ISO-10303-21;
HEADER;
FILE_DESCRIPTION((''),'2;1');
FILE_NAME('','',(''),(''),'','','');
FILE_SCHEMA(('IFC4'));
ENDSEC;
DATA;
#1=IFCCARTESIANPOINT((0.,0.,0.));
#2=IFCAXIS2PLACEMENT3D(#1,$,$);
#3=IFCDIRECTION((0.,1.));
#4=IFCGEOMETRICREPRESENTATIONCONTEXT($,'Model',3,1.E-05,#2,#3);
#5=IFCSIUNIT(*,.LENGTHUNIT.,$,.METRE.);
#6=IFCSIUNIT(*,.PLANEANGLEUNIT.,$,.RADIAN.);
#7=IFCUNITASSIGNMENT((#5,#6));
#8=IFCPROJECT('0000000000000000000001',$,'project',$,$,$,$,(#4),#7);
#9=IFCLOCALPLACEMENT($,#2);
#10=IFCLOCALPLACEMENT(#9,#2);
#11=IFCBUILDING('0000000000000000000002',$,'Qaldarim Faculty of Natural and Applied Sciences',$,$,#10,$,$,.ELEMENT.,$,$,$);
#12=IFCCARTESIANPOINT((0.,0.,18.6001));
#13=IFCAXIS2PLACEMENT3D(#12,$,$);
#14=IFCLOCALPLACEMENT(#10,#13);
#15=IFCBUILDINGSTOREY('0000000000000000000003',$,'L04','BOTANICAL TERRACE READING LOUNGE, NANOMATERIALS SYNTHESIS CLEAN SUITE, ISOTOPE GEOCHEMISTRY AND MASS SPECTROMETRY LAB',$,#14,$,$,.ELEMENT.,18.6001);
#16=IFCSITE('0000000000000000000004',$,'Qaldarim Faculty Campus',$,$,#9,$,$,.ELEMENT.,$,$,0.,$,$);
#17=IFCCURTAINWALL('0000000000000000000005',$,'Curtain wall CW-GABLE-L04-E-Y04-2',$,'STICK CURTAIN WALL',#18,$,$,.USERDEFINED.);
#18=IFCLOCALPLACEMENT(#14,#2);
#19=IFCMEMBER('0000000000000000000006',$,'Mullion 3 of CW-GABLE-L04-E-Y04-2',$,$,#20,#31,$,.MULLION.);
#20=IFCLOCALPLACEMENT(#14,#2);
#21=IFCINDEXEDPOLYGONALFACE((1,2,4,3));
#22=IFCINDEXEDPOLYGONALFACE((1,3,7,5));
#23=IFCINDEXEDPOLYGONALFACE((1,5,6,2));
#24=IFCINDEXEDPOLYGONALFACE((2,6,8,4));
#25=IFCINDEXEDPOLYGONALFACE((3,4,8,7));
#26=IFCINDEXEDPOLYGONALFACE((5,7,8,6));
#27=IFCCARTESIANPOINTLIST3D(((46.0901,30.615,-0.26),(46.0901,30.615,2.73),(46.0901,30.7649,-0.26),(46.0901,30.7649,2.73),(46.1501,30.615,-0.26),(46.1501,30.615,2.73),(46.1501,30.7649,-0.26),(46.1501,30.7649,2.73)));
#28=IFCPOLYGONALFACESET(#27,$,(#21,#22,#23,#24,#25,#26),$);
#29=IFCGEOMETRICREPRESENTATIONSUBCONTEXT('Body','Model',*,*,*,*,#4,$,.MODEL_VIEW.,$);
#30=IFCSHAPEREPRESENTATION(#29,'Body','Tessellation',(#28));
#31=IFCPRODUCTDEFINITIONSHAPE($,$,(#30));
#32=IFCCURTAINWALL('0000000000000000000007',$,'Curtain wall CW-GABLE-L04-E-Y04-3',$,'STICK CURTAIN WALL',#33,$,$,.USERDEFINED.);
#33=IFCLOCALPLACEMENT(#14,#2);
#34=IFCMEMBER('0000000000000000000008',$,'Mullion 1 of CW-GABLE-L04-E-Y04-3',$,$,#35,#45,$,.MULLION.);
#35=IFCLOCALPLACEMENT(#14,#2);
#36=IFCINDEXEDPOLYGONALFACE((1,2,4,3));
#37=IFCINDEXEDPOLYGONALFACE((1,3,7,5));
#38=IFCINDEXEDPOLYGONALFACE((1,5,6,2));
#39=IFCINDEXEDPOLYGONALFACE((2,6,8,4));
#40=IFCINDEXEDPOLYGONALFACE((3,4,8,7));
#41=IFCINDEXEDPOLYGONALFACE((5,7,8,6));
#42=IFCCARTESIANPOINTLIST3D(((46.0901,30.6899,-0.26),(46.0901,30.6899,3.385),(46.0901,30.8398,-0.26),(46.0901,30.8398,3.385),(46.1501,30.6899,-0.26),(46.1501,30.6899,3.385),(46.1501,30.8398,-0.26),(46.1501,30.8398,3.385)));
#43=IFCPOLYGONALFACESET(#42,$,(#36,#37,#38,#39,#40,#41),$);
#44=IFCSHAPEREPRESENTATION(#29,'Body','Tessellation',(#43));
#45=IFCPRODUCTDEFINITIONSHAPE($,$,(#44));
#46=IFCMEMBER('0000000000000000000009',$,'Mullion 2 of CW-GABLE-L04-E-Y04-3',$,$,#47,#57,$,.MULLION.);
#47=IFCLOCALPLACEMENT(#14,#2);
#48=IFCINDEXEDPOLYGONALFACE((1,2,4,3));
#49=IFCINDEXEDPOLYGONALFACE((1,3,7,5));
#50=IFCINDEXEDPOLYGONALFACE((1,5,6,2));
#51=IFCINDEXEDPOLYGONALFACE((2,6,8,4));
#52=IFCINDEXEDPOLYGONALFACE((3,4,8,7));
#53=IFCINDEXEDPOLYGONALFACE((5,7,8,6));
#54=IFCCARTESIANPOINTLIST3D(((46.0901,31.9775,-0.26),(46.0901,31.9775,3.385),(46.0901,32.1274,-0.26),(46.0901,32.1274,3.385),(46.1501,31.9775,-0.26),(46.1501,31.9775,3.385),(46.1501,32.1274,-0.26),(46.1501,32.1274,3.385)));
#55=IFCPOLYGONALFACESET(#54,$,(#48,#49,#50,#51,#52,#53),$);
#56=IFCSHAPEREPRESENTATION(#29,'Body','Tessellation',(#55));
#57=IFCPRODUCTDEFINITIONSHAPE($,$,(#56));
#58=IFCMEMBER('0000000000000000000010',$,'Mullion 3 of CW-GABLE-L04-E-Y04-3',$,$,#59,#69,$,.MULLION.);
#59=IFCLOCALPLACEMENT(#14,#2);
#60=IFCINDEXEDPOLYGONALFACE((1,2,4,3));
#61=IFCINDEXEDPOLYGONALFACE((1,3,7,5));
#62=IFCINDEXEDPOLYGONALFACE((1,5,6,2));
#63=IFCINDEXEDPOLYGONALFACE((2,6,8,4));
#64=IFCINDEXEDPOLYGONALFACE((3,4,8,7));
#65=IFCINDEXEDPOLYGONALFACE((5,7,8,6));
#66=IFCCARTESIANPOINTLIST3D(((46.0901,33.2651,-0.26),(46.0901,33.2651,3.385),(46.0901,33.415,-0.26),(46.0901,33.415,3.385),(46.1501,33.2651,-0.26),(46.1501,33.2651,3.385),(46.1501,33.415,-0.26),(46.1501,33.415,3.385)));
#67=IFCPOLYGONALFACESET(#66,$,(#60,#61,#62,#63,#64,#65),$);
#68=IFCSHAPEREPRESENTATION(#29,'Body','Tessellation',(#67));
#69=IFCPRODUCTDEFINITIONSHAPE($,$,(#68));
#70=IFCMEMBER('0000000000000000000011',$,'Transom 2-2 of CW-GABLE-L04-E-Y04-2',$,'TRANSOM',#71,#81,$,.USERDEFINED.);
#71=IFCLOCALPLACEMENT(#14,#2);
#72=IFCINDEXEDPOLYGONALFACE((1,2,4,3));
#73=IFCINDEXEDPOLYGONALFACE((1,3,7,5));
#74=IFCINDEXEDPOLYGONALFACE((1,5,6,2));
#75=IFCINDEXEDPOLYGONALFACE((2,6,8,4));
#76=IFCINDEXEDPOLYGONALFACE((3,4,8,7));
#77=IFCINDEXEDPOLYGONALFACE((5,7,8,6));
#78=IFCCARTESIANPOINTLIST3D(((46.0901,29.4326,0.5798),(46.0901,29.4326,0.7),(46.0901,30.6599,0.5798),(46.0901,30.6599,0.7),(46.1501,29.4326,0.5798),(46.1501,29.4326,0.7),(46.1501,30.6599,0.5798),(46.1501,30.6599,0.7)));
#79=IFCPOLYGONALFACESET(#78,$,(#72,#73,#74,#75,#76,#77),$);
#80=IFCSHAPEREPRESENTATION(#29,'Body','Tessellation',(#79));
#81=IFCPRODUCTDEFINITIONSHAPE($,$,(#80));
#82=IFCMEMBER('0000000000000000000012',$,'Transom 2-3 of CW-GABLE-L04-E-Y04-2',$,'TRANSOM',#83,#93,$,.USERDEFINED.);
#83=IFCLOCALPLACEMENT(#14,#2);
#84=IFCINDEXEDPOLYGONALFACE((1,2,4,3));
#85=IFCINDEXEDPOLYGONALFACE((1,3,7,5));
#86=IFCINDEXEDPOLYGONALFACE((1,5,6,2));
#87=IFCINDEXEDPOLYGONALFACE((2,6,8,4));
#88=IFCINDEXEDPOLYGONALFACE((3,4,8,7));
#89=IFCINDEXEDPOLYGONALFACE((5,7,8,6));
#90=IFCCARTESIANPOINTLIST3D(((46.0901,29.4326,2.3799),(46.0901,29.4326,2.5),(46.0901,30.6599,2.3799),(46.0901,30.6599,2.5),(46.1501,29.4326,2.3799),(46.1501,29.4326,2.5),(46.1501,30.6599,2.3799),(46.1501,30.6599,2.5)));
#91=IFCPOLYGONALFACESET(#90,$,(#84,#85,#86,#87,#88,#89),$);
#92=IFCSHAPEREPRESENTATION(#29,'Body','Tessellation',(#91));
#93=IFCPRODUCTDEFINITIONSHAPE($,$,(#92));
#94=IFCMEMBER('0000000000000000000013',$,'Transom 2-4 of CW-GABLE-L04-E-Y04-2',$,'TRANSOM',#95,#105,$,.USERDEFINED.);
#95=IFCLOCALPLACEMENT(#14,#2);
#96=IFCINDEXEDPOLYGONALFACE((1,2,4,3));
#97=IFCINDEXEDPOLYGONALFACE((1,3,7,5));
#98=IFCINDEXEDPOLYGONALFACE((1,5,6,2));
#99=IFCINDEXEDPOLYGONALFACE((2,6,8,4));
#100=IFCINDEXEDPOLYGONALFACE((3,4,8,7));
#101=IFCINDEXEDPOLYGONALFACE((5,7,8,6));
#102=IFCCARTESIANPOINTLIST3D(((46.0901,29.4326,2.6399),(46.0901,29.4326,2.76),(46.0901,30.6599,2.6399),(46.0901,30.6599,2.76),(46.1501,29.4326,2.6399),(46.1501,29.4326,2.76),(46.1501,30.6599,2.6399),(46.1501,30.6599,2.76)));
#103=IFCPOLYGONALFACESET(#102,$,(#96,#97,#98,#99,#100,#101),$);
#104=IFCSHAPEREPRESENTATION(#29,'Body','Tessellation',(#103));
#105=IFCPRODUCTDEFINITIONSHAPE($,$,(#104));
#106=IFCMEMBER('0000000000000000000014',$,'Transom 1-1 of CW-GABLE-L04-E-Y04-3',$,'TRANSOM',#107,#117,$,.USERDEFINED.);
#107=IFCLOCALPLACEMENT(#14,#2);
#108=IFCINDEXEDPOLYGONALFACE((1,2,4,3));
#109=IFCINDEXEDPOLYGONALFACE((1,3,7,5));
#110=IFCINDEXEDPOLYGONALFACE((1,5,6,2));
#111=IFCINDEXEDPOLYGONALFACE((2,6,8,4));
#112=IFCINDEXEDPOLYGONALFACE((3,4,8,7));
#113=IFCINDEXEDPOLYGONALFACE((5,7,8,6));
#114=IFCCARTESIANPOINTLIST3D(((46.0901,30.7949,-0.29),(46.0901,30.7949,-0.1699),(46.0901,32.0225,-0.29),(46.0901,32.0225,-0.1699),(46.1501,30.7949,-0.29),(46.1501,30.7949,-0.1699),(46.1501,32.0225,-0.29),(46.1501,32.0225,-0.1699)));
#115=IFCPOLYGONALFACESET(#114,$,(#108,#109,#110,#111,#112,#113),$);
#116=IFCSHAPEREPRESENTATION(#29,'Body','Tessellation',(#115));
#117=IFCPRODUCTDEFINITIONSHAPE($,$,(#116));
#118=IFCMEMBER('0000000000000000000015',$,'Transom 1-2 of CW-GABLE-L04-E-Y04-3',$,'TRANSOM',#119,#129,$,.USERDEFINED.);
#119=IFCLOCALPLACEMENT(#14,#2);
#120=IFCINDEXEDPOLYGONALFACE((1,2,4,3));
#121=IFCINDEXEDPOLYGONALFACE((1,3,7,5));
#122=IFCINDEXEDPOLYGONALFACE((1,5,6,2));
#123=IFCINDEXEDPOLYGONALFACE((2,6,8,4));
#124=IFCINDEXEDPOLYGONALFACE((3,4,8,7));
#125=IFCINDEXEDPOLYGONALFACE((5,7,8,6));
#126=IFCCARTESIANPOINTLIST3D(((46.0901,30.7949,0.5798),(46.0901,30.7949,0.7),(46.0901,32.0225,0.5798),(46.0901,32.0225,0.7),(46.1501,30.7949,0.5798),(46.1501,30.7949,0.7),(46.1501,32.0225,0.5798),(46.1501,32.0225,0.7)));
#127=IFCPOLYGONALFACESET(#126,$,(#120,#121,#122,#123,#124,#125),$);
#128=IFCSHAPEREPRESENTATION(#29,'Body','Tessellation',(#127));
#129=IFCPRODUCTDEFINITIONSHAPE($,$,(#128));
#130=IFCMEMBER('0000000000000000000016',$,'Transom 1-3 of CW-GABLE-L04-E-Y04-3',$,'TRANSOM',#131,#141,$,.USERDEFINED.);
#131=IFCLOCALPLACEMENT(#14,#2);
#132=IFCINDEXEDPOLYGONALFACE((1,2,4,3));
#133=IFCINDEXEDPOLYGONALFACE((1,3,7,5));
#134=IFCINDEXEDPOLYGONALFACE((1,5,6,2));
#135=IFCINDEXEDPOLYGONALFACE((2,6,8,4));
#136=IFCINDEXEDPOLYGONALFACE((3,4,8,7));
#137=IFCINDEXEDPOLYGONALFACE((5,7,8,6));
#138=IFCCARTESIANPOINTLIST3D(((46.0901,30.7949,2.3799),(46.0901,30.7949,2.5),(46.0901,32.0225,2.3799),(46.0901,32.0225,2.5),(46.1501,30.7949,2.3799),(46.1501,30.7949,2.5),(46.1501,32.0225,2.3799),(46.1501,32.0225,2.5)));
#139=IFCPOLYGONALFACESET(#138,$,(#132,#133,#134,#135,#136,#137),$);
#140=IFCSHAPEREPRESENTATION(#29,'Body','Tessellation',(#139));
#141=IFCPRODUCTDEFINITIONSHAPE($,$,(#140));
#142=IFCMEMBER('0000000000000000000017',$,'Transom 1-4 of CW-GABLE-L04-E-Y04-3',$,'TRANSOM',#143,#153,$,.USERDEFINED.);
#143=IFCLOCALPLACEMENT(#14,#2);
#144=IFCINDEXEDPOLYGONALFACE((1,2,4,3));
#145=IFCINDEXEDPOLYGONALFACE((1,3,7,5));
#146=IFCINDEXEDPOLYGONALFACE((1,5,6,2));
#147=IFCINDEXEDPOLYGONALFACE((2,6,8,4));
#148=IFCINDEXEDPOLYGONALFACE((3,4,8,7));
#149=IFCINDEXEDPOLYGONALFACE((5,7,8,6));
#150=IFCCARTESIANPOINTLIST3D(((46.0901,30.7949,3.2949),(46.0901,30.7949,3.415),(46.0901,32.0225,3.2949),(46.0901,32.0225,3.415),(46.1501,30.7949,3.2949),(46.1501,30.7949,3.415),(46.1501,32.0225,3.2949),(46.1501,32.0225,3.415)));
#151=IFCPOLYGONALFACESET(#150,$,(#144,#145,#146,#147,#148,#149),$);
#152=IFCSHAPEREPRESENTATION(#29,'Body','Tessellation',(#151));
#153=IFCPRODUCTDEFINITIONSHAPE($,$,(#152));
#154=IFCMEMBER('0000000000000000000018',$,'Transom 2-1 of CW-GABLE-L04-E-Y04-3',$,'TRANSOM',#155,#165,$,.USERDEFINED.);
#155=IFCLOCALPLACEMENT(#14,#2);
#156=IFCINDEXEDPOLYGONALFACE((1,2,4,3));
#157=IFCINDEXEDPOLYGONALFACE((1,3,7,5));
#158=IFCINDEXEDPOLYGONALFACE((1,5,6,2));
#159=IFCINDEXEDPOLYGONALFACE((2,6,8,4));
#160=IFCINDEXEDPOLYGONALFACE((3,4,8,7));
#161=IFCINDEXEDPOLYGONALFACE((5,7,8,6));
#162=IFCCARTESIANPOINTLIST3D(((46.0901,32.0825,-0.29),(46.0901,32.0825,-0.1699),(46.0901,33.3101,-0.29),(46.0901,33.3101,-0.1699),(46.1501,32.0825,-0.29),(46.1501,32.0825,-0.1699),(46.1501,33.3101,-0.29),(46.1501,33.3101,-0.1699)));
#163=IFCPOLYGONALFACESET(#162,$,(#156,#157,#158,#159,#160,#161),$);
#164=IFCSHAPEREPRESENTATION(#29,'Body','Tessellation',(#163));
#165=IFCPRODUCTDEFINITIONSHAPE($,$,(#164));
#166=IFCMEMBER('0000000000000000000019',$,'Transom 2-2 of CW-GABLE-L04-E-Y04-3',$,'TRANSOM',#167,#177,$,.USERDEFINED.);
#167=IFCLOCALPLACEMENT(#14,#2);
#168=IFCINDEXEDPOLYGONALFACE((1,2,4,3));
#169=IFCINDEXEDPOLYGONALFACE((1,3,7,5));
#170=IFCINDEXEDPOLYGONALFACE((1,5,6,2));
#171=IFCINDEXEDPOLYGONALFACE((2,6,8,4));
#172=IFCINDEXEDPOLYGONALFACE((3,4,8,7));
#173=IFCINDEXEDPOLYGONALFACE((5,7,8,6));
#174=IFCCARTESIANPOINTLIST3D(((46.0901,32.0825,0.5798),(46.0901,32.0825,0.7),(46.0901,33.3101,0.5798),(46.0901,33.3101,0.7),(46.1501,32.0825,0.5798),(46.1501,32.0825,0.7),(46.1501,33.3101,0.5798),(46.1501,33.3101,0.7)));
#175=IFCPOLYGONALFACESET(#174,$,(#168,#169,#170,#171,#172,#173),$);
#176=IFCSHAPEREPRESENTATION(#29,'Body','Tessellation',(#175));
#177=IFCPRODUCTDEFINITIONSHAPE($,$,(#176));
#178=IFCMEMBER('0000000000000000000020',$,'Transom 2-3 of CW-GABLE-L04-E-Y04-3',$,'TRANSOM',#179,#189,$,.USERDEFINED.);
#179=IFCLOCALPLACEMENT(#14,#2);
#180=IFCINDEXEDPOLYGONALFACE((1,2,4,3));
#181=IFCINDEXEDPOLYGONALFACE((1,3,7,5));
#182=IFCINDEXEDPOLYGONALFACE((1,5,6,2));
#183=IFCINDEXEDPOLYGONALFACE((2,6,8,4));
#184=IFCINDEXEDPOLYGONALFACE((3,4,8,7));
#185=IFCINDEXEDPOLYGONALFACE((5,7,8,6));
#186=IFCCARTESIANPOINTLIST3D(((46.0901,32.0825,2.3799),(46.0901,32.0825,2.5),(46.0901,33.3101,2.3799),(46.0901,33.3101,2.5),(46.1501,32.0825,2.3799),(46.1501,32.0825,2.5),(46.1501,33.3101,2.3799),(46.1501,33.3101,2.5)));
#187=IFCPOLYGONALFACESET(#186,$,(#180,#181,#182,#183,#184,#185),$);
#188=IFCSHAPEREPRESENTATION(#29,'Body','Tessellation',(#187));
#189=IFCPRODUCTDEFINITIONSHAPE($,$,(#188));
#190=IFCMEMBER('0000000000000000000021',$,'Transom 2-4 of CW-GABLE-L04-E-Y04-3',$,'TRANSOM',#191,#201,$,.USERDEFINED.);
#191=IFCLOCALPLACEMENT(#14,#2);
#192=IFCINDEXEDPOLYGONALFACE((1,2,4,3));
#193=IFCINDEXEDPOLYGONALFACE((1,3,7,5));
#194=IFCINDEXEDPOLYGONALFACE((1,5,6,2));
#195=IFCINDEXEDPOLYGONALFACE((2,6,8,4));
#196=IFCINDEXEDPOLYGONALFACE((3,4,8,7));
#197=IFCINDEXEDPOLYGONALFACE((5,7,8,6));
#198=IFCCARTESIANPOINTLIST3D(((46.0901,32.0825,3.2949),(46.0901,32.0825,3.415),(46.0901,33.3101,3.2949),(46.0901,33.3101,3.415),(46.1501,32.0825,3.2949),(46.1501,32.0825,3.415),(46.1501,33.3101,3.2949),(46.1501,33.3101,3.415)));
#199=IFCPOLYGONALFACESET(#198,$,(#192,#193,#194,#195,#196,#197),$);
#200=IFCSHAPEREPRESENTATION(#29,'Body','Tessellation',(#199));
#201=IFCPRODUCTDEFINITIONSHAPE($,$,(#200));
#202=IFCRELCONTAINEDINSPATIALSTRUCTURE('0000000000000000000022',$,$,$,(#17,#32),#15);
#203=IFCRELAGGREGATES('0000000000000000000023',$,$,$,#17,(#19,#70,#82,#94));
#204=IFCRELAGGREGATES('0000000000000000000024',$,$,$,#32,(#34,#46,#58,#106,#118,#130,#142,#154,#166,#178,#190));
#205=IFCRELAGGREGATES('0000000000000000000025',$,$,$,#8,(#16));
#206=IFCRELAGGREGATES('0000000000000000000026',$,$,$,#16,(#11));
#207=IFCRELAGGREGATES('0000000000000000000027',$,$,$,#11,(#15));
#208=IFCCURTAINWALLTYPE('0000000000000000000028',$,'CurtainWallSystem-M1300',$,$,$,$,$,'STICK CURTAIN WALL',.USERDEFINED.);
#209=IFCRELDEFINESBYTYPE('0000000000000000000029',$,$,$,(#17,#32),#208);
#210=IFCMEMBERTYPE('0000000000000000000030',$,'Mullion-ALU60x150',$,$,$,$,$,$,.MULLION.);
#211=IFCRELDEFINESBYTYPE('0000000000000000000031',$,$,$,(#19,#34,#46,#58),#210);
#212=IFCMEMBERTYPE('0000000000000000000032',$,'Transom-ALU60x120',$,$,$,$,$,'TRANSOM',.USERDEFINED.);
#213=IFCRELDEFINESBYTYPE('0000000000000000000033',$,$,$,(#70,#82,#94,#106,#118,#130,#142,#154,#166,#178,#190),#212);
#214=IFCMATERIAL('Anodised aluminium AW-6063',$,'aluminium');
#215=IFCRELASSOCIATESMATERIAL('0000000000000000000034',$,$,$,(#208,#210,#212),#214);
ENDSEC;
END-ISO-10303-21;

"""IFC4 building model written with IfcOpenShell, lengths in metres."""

from ifc_helpers import new_model, si_unit, direction, frame, origin, origin_2d, place, context, subcontext, project, spatial, rectangle, extrude, material, material_profile, profile_set, type_object, element, aggregate, save


model = new_model("IFC4")

# Units and contexts
model_context = context("Model", 3, precision=1e-05, world=origin(), true_north=direction((0.0, 1.0)))
body_context = subcontext(model_context, "Body", "Model", "MODEL_VIEW")
ifc_project = project(units=[si_unit("LENGTHUNIT", "METRE"), si_unit("PLANEANGLEUNIT", "RADIAN")], contexts=[model_context])

# Site, building, storey
site_placement = place(None, origin())
site = spatial("IfcSite", under=ifc_project, at=site_placement, Name="Qaldarim Faculty Campus", CompositionType="ELEMENT", RefElevation=0.0)
building_placement = place(site_placement, origin())
building = spatial("IfcBuilding", under=site, at=building_placement, Name="Qaldarim Faculty of Natural and Applied Sciences", CompositionType="ELEMENT")
storey_placement = place(building_placement, frame((0.0, 0.0, 18.6001)))
storey = spatial("IfcBuildingStorey", under=building, at=storey_placement, Name="L04", Description="BOTANICAL TERRACE READING LOUNGE, NANOMATERIALS SYNTHESIS CLEAN SUITE, ISOTOPE GEOCHEMISTRY AND MASS SPECTROMETRY LAB", CompositionType="ELEMENT", Elevation=18.6001)

# Curtain wall, member
ifc_material_1 = material(Name="Anodised aluminium AW-6063", Category="aluminium")
curtain_wall_type = type_object("IfcCurtainWallType", Name="CurtainWallSystem-M1300", ElementType="STICK CURTAIN WALL", PredefinedType="USERDEFINED", material=ifc_material_1)
curtain_wall_1_placement = place(storey_placement, origin())
curtain_wall_1 = element("IfcCurtainWall", 1, at=curtain_wall_1_placement, inside=storey, type_object=curtain_wall_type, Name="Curtain wall CW-GABLE-L04-E-Y04-2", ObjectType="STICK CURTAIN WALL", PredefinedType="USERDEFINED")
ifc_material_profile_1 = material_profile(ifc_material_1, rectangle(XDim=0.0601, YDim=0.1499, at=origin_2d()), Name="ALU-M60x150")
ifc_profile_set_1 = profile_set([ifc_material_profile_1], Name="Anodised aluminium AW-6063")
member_type_1 = type_object("IfcMemberType", Name="Mullion-ALU60x150", PredefinedType="MULLION", material=ifc_profile_set_1)
member_1_placement = place(storey_placement, frame((46.1201, 30.6899, -0.26), z_axis=(0.0, 0.0, 1.0), x_axis=(-1.0, 0.0, 0.0)))
member_1 = element("IfcMember", 2, at=member_1_placement, type_object=member_type_1, Name="Mullion 3 of CW-GABLE-L04-E-Y04-2", PredefinedType="MULLION", context=body_context, shape_type="SweptSolid", body=[
    extrude(rectangle(XDim=0.0601, YDim=0.1499, at=origin_2d()), origin(), (0.0, 0.0, 1.0), 2.99),
])

# Curtain wall, members
curtain_wall_2_placement = place(storey_placement, origin())
curtain_wall_2 = element("IfcCurtainWall", 3, at=curtain_wall_2_placement, inside=storey, type_object=curtain_wall_type, Name="Curtain wall CW-GABLE-L04-E-Y04-3", ObjectType="STICK CURTAIN WALL", PredefinedType="USERDEFINED")
member_2_placement = place(storey_placement, frame((46.1201, 30.7649, -0.26), z_axis=(0.0, 0.0, 1.0), x_axis=(-1.0, 0.0, 0.0)))
member_2 = element("IfcMember", 4, at=member_2_placement, type_object=member_type_1, Name="Mullion 1 of CW-GABLE-L04-E-Y04-3", PredefinedType="MULLION", context=body_context, shape_type="SweptSolid", body=[
    extrude(rectangle(XDim=0.0601, YDim=0.1499, at=origin_2d()), origin(), (0.0, 0.0, 1.0), 3.645),
])
member_3_placement = place(storey_placement, frame((46.1201, 32.0525, -0.26), z_axis=(0.0, 0.0, 1.0), x_axis=(-1.0, 0.0, 0.0)))
member_3 = element("IfcMember", 5, at=member_3_placement, type_object=member_type_1, Name="Mullion 2 of CW-GABLE-L04-E-Y04-3", PredefinedType="MULLION", context=body_context, shape_type="SweptSolid", body=[
    extrude(rectangle(XDim=0.0601, YDim=0.1499, at=origin_2d()), origin(), (0.0, 0.0, 1.0), 3.645),
])
member_4_placement = place(storey_placement, frame((46.1201, 33.3401, -0.26), z_axis=(0.0, 0.0, 1.0), x_axis=(-1.0, 0.0, 0.0)))
member_4 = element("IfcMember", 6, at=member_4_placement, type_object=member_type_1, Name="Mullion 3 of CW-GABLE-L04-E-Y04-3", PredefinedType="MULLION", context=body_context, shape_type="SweptSolid", body=[
    extrude(rectangle(XDim=0.0601, YDim=0.1499, at=origin_2d()), origin(), (0.0, 0.0, 1.0), 3.645),
])

# Members
ifc_material_profile_2 = material_profile(ifc_material_1, rectangle(XDim=0.0601, YDim=0.1201, at=origin_2d()), Name="ALU-T60x120")
ifc_profile_set_2 = profile_set([ifc_material_profile_2], Name="Anodised aluminium AW-6063")
member_type_2 = type_object("IfcMemberType", Name="Transom-ALU60x120", ElementType="TRANSOM", PredefinedType="USERDEFINED", material=ifc_profile_set_2)
member_5_placement = place(storey_placement, frame((46.1201, 29.4326, 0.6399), z_axis=(0.0, 1.0, 0.0), x_axis=(-1.0, 0.0, 0.0)))
member_5 = element("IfcMember", 7, at=member_5_placement, type_object=member_type_2, Name="Transom 2-2 of CW-GABLE-L04-E-Y04-2", ObjectType="TRANSOM", PredefinedType="USERDEFINED", context=body_context, shape_type="SweptSolid", body=[
    extrude(rectangle(XDim=0.0601, YDim=0.1201, at=origin_2d()), origin(), (0.0, 0.0, 1.0), 1.2273),
])
member_6_placement = place(storey_placement, frame((46.1201, 29.4326, 2.4399), z_axis=(0.0, 1.0, 0.0), x_axis=(-1.0, 0.0, 0.0)))
member_6 = element("IfcMember", 8, at=member_6_placement, type_object=member_type_2, Name="Transom 2-3 of CW-GABLE-L04-E-Y04-2", ObjectType="TRANSOM", PredefinedType="USERDEFINED", context=body_context, shape_type="SweptSolid", body=[
    extrude(rectangle(XDim=0.0601, YDim=0.1201, at=origin_2d()), origin(), (0.0, 0.0, 1.0), 1.2273),
])
member_7_placement = place(storey_placement, frame((46.1201, 29.4326, 2.7), z_axis=(0.0, 1.0, 0.0), x_axis=(-1.0, 0.0, 0.0)))
member_7 = element("IfcMember", 9, at=member_7_placement, type_object=member_type_2, Name="Transom 2-4 of CW-GABLE-L04-E-Y04-2", ObjectType="TRANSOM", PredefinedType="USERDEFINED", context=body_context, shape_type="SweptSolid", body=[
    extrude(rectangle(XDim=0.0601, YDim=0.1201, at=origin_2d()), origin(), (0.0, 0.0, 1.0), 1.2273),
])
member_8_placement = place(storey_placement, frame((46.1201, 30.7949, -0.23), z_axis=(0.0, 1.0, 0.0), x_axis=(-1.0, 0.0, 0.0)))
member_8 = element("IfcMember", 10, at=member_8_placement, type_object=member_type_2, Name="Transom 1-1 of CW-GABLE-L04-E-Y04-3", ObjectType="TRANSOM", PredefinedType="USERDEFINED", context=body_context, shape_type="SweptSolid", body=[
    extrude(rectangle(XDim=0.0601, YDim=0.1201, at=origin_2d()), origin(), (0.0, 0.0, 1.0), 1.2275),
])
member_9_placement = place(storey_placement, frame((46.1201, 30.7949, 0.6399), z_axis=(0.0, 1.0, 0.0), x_axis=(-1.0, 0.0, 0.0)))
member_9 = element("IfcMember", 11, at=member_9_placement, type_object=member_type_2, Name="Transom 1-2 of CW-GABLE-L04-E-Y04-3", ObjectType="TRANSOM", PredefinedType="USERDEFINED", context=body_context, shape_type="SweptSolid", body=[
    extrude(rectangle(XDim=0.0601, YDim=0.1201, at=origin_2d()), origin(), (0.0, 0.0, 1.0), 1.2275),
])
member_10_placement = place(storey_placement, frame((46.1201, 30.7949, 2.4399), z_axis=(0.0, 1.0, 0.0), x_axis=(-1.0, 0.0, 0.0)))
member_10 = element("IfcMember", 12, at=member_10_placement, type_object=member_type_2, Name="Transom 1-3 of CW-GABLE-L04-E-Y04-3", ObjectType="TRANSOM", PredefinedType="USERDEFINED", context=body_context, shape_type="SweptSolid", body=[
    extrude(rectangle(XDim=0.0601, YDim=0.1201, at=origin_2d()), origin(), (0.0, 0.0, 1.0), 1.2275),
])
member_11_placement = place(storey_placement, frame((46.1201, 30.7949, 3.355), z_axis=(0.0, 1.0, 0.0), x_axis=(-1.0, 0.0, 0.0)))
member_11 = element("IfcMember", 13, at=member_11_placement, type_object=member_type_2, Name="Transom 1-4 of CW-GABLE-L04-E-Y04-3", ObjectType="TRANSOM", PredefinedType="USERDEFINED", context=body_context, shape_type="SweptSolid", body=[
    extrude(rectangle(XDim=0.0601, YDim=0.1201, at=origin_2d()), origin(), (0.0, 0.0, 1.0), 1.2275),
])
member_12_placement = place(storey_placement, frame((46.1201, 32.0825, -0.23), z_axis=(0.0, 1.0, 0.0), x_axis=(-1.0, 0.0, 0.0)))
member_12 = element("IfcMember", 14, at=member_12_placement, type_object=member_type_2, Name="Transom 2-1 of CW-GABLE-L04-E-Y04-3", ObjectType="TRANSOM", PredefinedType="USERDEFINED", context=body_context, shape_type="SweptSolid", body=[
    extrude(rectangle(XDim=0.0601, YDim=0.1201, at=origin_2d()), origin(), (0.0, 0.0, 1.0), 1.2275),
])
member_13_placement = place(storey_placement, frame((46.1201, 32.0825, 0.6399), z_axis=(0.0, 1.0, 0.0), x_axis=(-1.0, 0.0, 0.0)))
member_13 = element("IfcMember", 15, at=member_13_placement, type_object=member_type_2, Name="Transom 2-2 of CW-GABLE-L04-E-Y04-3", ObjectType="TRANSOM", PredefinedType="USERDEFINED", context=body_context, shape_type="SweptSolid", body=[
    extrude(rectangle(XDim=0.0601, YDim=0.1201, at=origin_2d()), origin(), (0.0, 0.0, 1.0), 1.2275),
])
member_14_placement = place(storey_placement, frame((46.1201, 32.0825, 2.4399), z_axis=(0.0, 1.0, 0.0), x_axis=(-1.0, 0.0, 0.0)))
member_14 = element("IfcMember", 16, at=member_14_placement, type_object=member_type_2, Name="Transom 2-3 of CW-GABLE-L04-E-Y04-3", ObjectType="TRANSOM", PredefinedType="USERDEFINED", context=body_context, shape_type="SweptSolid", body=[
    extrude(rectangle(XDim=0.0601, YDim=0.1201, at=origin_2d()), origin(), (0.0, 0.0, 1.0), 1.2275),
])
member_15_placement = place(storey_placement, frame((46.1201, 32.0825, 3.355), z_axis=(0.0, 1.0, 0.0), x_axis=(-1.0, 0.0, 0.0)))
member_15 = element("IfcMember", 17, at=member_15_placement, type_object=member_type_2, Name="Transom 2-4 of CW-GABLE-L04-E-Y04-3", ObjectType="TRANSOM", PredefinedType="USERDEFINED", context=body_context, shape_type="SweptSolid", body=[
    extrude(rectangle(XDim=0.0601, YDim=0.1201, at=origin_2d()), origin(), (0.0, 0.0, 1.0), 1.2275),
])

aggregate(curtain_wall_1, [member_1, member_5, member_6, member_7])
aggregate(curtain_wall_2, [member_2, member_3, member_4, member_8, member_9, member_10, member_11, member_12, member_13, member_14, member_15])

save(model, "model.ifc")
